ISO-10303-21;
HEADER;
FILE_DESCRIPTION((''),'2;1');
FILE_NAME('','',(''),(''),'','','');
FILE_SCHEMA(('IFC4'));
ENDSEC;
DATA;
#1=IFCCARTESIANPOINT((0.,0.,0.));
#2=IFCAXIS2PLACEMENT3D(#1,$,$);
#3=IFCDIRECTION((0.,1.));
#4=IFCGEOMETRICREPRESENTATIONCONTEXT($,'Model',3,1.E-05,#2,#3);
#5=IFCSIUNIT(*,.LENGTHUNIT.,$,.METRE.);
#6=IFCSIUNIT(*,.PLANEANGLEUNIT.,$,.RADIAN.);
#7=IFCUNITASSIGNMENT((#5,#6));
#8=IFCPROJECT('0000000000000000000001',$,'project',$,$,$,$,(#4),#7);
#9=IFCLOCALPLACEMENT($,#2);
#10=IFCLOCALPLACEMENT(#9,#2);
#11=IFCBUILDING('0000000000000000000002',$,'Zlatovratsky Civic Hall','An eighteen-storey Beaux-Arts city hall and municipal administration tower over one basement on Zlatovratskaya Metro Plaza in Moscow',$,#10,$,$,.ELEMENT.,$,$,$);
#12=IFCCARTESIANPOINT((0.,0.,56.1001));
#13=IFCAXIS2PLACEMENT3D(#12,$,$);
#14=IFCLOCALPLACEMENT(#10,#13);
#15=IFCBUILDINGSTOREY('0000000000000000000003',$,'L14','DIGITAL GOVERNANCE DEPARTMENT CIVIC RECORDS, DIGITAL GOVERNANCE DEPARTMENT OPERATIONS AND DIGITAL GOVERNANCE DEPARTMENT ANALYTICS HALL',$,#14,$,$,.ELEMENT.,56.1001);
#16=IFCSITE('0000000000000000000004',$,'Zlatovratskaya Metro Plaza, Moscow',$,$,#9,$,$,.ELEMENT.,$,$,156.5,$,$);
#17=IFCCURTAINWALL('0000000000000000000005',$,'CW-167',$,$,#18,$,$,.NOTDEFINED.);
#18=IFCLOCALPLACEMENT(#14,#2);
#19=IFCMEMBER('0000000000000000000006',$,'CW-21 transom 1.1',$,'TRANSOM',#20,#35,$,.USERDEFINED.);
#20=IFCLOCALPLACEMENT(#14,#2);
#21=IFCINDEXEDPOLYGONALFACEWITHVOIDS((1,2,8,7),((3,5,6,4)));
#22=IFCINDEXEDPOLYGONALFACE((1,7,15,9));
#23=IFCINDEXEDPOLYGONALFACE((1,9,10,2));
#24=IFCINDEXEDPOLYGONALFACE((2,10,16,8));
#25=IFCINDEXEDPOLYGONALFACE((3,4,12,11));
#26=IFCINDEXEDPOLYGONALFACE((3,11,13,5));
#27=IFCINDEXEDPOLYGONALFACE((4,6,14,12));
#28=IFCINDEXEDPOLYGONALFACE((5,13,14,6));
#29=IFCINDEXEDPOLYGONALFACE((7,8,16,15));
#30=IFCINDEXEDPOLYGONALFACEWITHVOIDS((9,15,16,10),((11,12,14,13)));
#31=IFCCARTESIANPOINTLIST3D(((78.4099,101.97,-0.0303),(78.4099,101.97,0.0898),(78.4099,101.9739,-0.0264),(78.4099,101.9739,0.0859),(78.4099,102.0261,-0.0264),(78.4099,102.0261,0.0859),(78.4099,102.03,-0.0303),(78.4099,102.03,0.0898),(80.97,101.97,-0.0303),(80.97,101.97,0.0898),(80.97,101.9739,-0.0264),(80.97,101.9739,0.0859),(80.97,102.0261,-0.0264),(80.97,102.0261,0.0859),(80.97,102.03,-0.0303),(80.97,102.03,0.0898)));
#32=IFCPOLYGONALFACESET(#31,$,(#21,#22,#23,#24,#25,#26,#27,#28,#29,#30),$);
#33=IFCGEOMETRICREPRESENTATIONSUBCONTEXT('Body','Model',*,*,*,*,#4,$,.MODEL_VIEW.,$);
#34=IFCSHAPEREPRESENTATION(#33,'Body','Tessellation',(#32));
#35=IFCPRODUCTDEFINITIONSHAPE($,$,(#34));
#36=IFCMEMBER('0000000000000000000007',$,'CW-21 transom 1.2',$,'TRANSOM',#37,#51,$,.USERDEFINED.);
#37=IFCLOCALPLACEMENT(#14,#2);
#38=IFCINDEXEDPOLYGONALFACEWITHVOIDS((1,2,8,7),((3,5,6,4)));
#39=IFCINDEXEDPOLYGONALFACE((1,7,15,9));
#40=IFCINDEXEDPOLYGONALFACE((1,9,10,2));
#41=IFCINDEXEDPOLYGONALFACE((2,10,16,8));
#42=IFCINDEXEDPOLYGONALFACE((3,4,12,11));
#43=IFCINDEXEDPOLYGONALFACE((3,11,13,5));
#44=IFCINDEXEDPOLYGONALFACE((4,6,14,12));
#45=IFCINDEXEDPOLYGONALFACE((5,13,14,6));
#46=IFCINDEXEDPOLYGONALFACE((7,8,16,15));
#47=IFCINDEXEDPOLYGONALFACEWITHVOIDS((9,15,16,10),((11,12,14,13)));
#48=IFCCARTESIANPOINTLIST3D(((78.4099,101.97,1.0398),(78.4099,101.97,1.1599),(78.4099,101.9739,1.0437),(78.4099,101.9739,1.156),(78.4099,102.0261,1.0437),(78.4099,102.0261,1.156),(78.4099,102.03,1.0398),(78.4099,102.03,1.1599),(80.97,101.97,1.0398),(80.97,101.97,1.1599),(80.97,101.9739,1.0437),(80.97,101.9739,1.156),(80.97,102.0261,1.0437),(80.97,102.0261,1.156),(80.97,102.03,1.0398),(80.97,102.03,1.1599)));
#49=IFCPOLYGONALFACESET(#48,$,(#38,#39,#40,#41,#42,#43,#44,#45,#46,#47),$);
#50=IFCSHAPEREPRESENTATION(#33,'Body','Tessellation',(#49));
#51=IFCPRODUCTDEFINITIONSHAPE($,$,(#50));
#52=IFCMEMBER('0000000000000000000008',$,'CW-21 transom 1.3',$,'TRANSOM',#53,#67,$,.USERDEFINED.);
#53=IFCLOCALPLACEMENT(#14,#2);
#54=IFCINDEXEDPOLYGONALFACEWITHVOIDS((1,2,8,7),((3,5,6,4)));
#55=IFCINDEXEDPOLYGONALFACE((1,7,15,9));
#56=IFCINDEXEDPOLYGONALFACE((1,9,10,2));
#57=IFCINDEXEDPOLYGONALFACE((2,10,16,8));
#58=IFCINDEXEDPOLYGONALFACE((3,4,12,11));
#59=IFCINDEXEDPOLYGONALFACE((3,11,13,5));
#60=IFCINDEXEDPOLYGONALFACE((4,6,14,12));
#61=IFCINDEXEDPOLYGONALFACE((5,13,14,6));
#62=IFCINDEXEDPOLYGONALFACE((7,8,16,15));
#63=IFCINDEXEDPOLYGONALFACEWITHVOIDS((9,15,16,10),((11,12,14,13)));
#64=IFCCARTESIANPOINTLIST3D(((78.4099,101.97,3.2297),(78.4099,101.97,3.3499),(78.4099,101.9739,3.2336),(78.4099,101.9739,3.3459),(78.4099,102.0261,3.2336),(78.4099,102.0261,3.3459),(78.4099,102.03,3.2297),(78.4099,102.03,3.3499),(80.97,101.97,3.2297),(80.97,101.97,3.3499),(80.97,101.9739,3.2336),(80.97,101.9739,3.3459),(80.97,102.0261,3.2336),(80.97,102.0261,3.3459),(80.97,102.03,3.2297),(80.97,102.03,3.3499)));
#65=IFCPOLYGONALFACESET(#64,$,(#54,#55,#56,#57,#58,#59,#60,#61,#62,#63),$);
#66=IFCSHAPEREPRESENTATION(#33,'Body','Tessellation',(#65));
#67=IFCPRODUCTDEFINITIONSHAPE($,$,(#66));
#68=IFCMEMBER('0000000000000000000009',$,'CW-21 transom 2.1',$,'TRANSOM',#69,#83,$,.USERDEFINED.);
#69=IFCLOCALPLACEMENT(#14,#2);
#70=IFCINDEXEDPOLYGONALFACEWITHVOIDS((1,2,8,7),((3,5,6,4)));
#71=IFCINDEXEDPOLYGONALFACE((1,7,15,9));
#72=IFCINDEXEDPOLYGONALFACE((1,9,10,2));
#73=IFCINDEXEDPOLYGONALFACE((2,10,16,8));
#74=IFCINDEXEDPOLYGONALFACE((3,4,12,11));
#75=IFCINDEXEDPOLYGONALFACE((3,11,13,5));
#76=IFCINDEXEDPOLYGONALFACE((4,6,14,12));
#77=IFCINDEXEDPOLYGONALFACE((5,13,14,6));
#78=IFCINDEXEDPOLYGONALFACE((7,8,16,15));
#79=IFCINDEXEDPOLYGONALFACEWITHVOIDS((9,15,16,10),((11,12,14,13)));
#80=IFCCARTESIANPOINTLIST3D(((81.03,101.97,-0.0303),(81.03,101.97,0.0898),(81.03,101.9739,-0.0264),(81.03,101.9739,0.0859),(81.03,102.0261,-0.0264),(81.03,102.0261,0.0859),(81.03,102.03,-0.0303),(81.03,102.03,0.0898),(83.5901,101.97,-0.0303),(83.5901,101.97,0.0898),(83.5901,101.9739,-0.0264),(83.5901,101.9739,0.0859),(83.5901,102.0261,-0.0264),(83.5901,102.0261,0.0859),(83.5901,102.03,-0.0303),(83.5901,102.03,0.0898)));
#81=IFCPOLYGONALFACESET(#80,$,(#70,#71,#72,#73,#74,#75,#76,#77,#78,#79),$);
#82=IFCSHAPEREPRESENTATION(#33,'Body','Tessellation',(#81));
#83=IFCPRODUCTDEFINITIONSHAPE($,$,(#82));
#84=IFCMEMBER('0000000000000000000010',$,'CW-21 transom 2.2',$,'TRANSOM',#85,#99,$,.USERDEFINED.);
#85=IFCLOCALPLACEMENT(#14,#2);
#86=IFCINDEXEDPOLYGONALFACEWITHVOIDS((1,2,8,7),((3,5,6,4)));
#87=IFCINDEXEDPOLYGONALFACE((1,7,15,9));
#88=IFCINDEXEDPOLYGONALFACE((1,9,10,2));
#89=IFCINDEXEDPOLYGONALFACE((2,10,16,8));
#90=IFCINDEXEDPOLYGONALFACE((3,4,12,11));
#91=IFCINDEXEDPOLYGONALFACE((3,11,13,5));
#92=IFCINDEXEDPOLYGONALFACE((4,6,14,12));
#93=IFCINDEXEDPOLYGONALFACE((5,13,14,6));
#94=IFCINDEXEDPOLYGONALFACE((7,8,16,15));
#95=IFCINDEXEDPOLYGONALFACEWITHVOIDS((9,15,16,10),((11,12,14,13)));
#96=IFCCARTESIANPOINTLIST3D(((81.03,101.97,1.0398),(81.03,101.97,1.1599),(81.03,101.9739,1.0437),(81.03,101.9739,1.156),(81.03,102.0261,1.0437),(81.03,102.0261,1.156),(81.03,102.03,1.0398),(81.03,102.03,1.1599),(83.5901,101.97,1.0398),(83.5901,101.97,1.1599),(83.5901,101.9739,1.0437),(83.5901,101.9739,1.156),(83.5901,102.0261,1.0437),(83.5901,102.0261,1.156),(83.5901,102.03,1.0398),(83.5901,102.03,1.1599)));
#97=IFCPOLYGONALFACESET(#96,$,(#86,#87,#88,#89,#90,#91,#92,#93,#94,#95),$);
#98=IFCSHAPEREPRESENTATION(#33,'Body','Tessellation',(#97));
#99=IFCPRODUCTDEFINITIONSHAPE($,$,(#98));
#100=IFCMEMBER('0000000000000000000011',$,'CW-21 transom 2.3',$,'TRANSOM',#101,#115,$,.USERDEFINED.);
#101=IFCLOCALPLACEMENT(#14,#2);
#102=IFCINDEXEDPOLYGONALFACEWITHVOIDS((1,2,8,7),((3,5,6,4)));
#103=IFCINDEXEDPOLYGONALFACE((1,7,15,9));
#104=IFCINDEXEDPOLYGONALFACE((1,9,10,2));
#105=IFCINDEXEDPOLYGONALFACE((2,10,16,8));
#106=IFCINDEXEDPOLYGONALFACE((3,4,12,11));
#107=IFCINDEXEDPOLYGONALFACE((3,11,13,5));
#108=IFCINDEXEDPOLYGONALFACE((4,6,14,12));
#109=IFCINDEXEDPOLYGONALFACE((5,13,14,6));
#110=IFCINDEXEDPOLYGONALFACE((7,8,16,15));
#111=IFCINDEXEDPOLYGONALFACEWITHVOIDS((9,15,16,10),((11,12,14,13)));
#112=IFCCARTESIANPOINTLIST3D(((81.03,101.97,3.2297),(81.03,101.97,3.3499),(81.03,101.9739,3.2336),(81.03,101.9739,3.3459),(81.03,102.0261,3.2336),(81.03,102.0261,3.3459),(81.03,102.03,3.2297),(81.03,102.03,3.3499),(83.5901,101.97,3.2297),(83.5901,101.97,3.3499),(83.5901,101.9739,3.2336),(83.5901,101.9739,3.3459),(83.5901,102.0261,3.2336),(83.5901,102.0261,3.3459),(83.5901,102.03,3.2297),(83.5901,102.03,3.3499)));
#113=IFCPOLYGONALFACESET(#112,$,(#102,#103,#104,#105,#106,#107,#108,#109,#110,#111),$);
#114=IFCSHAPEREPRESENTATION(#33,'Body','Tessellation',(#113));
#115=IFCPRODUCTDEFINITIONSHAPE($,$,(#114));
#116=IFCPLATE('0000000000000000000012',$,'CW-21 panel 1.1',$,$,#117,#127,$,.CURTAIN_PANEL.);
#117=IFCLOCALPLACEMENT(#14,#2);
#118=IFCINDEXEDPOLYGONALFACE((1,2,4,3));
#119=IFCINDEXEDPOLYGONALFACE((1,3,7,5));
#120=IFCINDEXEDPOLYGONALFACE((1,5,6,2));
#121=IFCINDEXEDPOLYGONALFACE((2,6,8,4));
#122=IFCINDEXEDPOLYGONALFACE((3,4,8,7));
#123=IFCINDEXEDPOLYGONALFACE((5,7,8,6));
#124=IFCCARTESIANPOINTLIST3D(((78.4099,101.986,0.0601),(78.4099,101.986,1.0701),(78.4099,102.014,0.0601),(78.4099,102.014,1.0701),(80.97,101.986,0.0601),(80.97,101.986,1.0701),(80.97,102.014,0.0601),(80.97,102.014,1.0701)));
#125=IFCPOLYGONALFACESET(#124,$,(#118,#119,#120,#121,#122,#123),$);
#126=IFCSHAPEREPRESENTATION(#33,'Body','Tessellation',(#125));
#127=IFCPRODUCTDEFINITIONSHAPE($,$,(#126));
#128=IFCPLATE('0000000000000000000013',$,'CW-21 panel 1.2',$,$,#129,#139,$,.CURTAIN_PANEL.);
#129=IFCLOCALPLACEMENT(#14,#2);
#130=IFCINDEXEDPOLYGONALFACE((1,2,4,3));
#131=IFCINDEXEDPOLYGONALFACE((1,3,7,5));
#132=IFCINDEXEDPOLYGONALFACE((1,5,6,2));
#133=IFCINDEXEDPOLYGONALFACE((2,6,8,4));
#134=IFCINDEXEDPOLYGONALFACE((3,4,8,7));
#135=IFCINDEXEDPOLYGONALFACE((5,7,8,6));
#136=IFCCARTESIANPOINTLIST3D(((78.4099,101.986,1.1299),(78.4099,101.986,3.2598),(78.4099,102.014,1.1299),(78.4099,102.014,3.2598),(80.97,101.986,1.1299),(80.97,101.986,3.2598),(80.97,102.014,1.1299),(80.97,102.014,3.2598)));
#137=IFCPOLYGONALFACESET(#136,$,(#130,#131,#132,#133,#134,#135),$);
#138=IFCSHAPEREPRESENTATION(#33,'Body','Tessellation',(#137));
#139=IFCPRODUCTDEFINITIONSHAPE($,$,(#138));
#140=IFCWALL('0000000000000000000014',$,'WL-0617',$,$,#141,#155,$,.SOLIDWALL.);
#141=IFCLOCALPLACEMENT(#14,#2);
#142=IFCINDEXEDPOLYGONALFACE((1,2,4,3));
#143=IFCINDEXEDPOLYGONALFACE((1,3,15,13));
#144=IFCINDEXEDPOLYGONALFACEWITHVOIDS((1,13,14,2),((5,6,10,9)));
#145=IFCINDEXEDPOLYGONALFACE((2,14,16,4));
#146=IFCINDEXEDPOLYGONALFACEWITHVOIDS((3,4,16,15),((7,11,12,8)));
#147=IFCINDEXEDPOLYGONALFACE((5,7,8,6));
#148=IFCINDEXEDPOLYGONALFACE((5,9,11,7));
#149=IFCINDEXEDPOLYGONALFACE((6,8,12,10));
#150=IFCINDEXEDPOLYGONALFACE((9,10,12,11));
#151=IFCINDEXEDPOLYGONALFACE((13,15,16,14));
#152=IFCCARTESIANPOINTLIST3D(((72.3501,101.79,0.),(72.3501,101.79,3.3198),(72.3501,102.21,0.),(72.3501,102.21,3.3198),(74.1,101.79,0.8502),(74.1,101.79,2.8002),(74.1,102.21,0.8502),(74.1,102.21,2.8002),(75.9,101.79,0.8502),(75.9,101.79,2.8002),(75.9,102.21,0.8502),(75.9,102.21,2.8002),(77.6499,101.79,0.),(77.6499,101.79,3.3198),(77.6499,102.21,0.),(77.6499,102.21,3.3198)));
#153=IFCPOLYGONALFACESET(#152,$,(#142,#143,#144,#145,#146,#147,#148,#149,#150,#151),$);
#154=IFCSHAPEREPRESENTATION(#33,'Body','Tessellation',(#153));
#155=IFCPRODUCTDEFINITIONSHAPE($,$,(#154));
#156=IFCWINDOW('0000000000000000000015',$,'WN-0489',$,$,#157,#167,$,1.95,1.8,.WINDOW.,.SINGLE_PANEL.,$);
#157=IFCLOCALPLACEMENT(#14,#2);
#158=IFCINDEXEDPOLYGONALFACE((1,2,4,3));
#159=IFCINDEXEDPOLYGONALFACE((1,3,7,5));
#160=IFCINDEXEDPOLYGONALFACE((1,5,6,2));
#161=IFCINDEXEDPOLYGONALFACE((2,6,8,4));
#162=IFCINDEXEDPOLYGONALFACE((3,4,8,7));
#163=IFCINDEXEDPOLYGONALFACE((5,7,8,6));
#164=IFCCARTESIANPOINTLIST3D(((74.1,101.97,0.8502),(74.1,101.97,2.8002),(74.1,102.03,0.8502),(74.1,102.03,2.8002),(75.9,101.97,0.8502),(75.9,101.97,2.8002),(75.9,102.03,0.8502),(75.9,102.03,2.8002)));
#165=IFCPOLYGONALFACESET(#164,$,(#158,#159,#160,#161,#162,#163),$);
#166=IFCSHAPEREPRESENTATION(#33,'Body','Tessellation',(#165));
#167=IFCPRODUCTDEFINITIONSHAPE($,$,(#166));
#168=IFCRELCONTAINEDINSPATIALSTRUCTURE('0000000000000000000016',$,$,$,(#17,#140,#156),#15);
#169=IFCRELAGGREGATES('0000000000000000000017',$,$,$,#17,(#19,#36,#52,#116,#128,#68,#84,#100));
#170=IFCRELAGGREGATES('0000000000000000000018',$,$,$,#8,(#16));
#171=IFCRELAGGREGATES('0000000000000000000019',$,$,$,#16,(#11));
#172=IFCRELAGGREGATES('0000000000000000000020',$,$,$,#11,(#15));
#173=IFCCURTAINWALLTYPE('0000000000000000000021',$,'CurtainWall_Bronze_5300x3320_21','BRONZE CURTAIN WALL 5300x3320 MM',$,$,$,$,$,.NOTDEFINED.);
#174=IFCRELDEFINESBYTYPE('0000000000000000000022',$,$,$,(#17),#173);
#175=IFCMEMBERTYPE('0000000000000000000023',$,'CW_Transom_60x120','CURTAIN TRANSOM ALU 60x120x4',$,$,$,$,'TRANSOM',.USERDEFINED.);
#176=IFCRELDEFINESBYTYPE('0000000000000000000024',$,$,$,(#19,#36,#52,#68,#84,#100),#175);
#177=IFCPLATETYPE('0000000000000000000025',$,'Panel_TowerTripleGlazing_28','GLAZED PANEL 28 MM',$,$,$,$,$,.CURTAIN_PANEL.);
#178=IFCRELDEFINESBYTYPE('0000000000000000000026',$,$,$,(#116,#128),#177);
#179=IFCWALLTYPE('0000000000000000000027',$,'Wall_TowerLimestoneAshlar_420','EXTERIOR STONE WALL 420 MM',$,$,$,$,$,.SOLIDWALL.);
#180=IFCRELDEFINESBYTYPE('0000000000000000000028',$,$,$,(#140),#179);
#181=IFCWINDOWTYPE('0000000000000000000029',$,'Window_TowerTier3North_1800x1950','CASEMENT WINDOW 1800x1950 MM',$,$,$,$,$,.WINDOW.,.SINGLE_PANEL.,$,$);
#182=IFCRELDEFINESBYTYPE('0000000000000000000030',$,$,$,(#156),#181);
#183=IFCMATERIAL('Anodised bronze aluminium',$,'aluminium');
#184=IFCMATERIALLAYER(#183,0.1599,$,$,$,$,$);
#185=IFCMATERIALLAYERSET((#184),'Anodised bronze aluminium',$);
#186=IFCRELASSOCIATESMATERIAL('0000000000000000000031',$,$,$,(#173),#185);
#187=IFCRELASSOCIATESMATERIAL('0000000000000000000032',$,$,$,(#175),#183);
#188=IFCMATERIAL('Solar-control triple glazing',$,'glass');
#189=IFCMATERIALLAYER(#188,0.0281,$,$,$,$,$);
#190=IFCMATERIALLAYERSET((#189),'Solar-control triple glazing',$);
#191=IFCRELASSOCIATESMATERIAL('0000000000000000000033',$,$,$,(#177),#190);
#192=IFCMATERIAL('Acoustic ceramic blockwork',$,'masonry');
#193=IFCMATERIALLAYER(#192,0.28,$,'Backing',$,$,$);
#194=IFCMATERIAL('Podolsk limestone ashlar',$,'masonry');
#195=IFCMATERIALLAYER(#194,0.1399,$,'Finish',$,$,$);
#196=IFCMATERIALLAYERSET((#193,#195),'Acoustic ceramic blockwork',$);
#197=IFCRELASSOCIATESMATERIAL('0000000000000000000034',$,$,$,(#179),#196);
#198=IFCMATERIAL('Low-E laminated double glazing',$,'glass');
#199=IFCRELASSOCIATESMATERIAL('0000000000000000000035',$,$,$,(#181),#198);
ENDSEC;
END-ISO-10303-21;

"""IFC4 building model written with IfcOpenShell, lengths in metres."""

from ifc_helpers import new_model, si_unit, direction, frame, frame_2d, origin, origin_2d, place, context, subcontext, project, spatial, rectangle, hollow_rectangle, extrude, material, layer, layer_set, material_profile, profile_set, type_object, element, fill, aggregate, save


model = new_model("IFC4")

# Units and contexts
model_context = context("Model", 3, precision=1e-05, world=origin(), true_north=direction((0.0, 1.0)))
body_context = subcontext(model_context, "Body", "Model", "MODEL_VIEW")
ifc_project = project(units=[si_unit("LENGTHUNIT", "METRE"), si_unit("PLANEANGLEUNIT", "RADIAN")], contexts=[model_context])

# Site, building, storey
site_placement = place(None, origin())
site = spatial("IfcSite", under=ifc_project, at=site_placement, Name="Zlatovratskaya Metro Plaza, Moscow", CompositionType="ELEMENT", RefElevation=156.5)
building_placement = place(site_placement, origin())
building = spatial("IfcBuilding", under=site, at=building_placement, Name="Zlatovratsky Civic Hall", Description="An eighteen-storey Beaux-Arts city hall and municipal administration tower over one basement on Zlatovratskaya Metro Plaza in Moscow", CompositionType="ELEMENT")
storey_placement = place(building_placement, frame((0.0, 0.0, 56.1001)))
storey = spatial("IfcBuildingStorey", under=building, at=storey_placement, Name="L14", Description="DIGITAL GOVERNANCE DEPARTMENT CIVIC RECORDS, DIGITAL GOVERNANCE DEPARTMENT OPERATIONS AND DIGITAL GOVERNANCE DEPARTMENT ANALYTICS HALL", CompositionType="ELEMENT", Elevation=56.1001)

# Curtain wall, members, plates
ifc_material_1 = material(Name="Anodised bronze aluminium", Category="aluminium")
ifc_layer_1 = layer(ifc_material_1, 0.1599)
ifc_layer_set_1 = layer_set([ifc_layer_1], Name="Anodised bronze aluminium")
curtain_wall_type = type_object("IfcCurtainWallType", Name="CurtainWall_Bronze_5300x3320_21", Description="BRONZE CURTAIN WALL 5300x3320 MM", PredefinedType="NOTDEFINED", material=ifc_layer_set_1)
curtain_wall_placement = place(storey_placement, origin())
curtain_wall = element("IfcCurtainWall", 1, at=curtain_wall_placement, inside=storey, type_object=curtain_wall_type, Name="CW-167", PredefinedType="NOTDEFINED")
ifc_material_profile_1 = material_profile(ifc_material_1, hollow_rectangle(XDim=0.0601, YDim=0.1201, WallThickness=0.0039, at=origin_2d()), Name="ALU 60x120x4")
ifc_profile_set_1 = profile_set([ifc_material_profile_1], Name="Anodised bronze aluminium")
member_type_1 = type_object("IfcMemberType", Name="CW_Transom_60x120", Description="CURTAIN TRANSOM ALU 60x120x4", ElementType="TRANSOM", PredefinedType="USERDEFINED", material=ifc_profile_set_1)
member_1_placement = place(storey_placement, frame((78.4099, 102.0, 0.0298), z_axis=(1.0, 0.0, 0.0), x_axis=(0.0, 1.0, 0.0)))
member_1 = element("IfcMember", 2, at=member_1_placement, type_object=member_type_1, Name="CW-21 transom 1.1", ObjectType="TRANSOM", PredefinedType="USERDEFINED", context=body_context, shape_type="SweptSolid", body=[
    extrude(hollow_rectangle(XDim=0.0601, YDim=0.1201, WallThickness=0.0039, at=origin_2d()), origin(), (0.0, 0.0, 1.0), 2.5601),
])
member_2_placement = place(storey_placement, frame((78.4099, 102.0, 1.0999), z_axis=(1.0, 0.0, 0.0), x_axis=(0.0, 1.0, 0.0)))
member_2 = element("IfcMember", 3, at=member_2_placement, type_object=member_type_1, Name="CW-21 transom 1.2", ObjectType="TRANSOM", PredefinedType="USERDEFINED", context=body_context, shape_type="SweptSolid", body=[
    extrude(hollow_rectangle(XDim=0.0601, YDim=0.1201, WallThickness=0.0039, at=origin_2d()), origin(), (0.0, 0.0, 1.0), 2.5601),
])
member_3_placement = place(storey_placement, frame((78.4099, 102.0, 3.2898), z_axis=(1.0, 0.0, 0.0), x_axis=(0.0, 1.0, 0.0)))
member_3 = element("IfcMember", 4, at=member_3_placement, type_object=member_type_1, Name="CW-21 transom 1.3", ObjectType="TRANSOM", PredefinedType="USERDEFINED", context=body_context, shape_type="SweptSolid", body=[
    extrude(hollow_rectangle(XDim=0.0601, YDim=0.1201, WallThickness=0.0039, at=origin_2d()), origin(), (0.0, 0.0, 1.0), 2.5601),
])
member_4_placement = place(storey_placement, frame((81.03, 102.0, 0.0298), z_axis=(1.0, 0.0, 0.0), x_axis=(0.0, 1.0, 0.0)))
member_4 = element("IfcMember", 5, at=member_4_placement, type_object=member_type_1, Name="CW-21 transom 2.1", ObjectType="TRANSOM", PredefinedType="USERDEFINED", context=body_context, shape_type="SweptSolid", body=[
    extrude(hollow_rectangle(XDim=0.0601, YDim=0.1201, WallThickness=0.0039, at=origin_2d()), origin(), (0.0, 0.0, 1.0), 2.5601),
])
member_5_placement = place(storey_placement, frame((81.03, 102.0, 1.0999), z_axis=(1.0, 0.0, 0.0), x_axis=(0.0, 1.0, 0.0)))
member_5 = element("IfcMember", 6, at=member_5_placement, type_object=member_type_1, Name="CW-21 transom 2.2", ObjectType="TRANSOM", PredefinedType="USERDEFINED", context=body_context, shape_type="SweptSolid", body=[
    extrude(hollow_rectangle(XDim=0.0601, YDim=0.1201, WallThickness=0.0039, at=origin_2d()), origin(), (0.0, 0.0, 1.0), 2.5601),
])
member_6_placement = place(storey_placement, frame((81.03, 102.0, 3.2898), z_axis=(1.0, 0.0, 0.0), x_axis=(0.0, 1.0, 0.0)))
member_6 = element("IfcMember", 7, at=member_6_placement, type_object=member_type_1, Name="CW-21 transom 2.3", ObjectType="TRANSOM", PredefinedType="USERDEFINED", context=body_context, shape_type="SweptSolid", body=[
    extrude(hollow_rectangle(XDim=0.0601, YDim=0.1201, WallThickness=0.0039, at=origin_2d()), origin(), (0.0, 0.0, 1.0), 2.5601),
])
ifc_material_2 = material(Name="Solar-control triple glazing", Category="glass")
ifc_layer_2 = layer(ifc_material_2, 0.0281)
ifc_layer_set_2 = layer_set([ifc_layer_2], Name="Solar-control triple glazing")
plate_type = type_object("IfcPlateType", Name="Panel_TowerTripleGlazing_28", Description="GLAZED PANEL 28 MM", PredefinedType="CURTAIN_PANEL", material=ifc_layer_set_2)
plate_1_placement = place(storey_placement, frame((79.6899, 102.0, 0.0601), z_axis=(0.0, 0.0, 1.0), x_axis=(1.0, 0.0, 0.0)))
plate_1 = element("IfcPlate", 8, at=plate_1_placement, type_object=plate_type, Name="CW-21 panel 1.1", PredefinedType="CURTAIN_PANEL", context=body_context, shape_type="SweptSolid", body=[
    extrude(rectangle(XDim=2.5601, YDim=0.0281, at=origin_2d()), origin(), (0.0, 0.0, 1.0), 1.01),
])
plate_2_placement = place(storey_placement, frame((79.6899, 102.0, 1.1299), z_axis=(0.0, 0.0, 1.0), x_axis=(1.0, 0.0, 0.0)))
plate_2 = element("IfcPlate", 9, at=plate_2_placement, type_object=plate_type, Name="CW-21 panel 1.2", PredefinedType="CURTAIN_PANEL", context=body_context, shape_type="SweptSolid", body=[
    extrude(rectangle(XDim=2.5601, YDim=0.0281, at=origin_2d()), origin(), (0.0, 0.0, 1.0), 2.1299),
])
aggregate(curtain_wall, [member_1, member_2, member_3, plate_1, plate_2, member_4, member_5, member_6])

# Wall, opening, window
ifc_material_3 = material(Name="Acoustic ceramic blockwork", Category="masonry")
ifc_layer_3 = layer(ifc_material_3, 0.28, Name="Backing")
ifc_material_4 = material(Name="Podolsk limestone ashlar", Category="masonry")
ifc_layer_4 = layer(ifc_material_4, 0.1399, Name="Finish")
ifc_layer_set_3 = layer_set([ifc_layer_3, ifc_layer_4], Name="Acoustic ceramic blockwork")
wall_type_1 = type_object("IfcWallType", Name="Wall_TowerLimestoneAshlar_420", Description="EXTERIOR STONE WALL 420 MM", PredefinedType="SOLIDWALL", material=ifc_layer_set_3)
wall_1_placement = place(storey_placement, frame((72.3501, 102.0, 0.0), z_axis=(0.0, 0.0, 1.0), x_axis=(1.0, 0.0, 0.0)))
wall_1 = element("IfcWall", 10, at=wall_1_placement, inside=storey, type_object=wall_type_1, Name="WL-0617", PredefinedType="SOLIDWALL", context=body_context, shape_type="SweptSolid", body=[
    extrude(rectangle(XDim=5.2998, YDim=0.4199, at=frame_2d((2.6499, 0.0))), origin(), (0.0, 0.0, 1.0), 3.3198),
])
opening_1_placement = place(wall_1_placement, frame((1.75, 0.0, 0.8501)))
opening_1 = element("IfcOpeningElement", 11, at=opening_1_placement, cuts=wall_1, PredefinedType="OPENING", context=body_context, shape_type="SweptSolid", body=[
    extrude(rectangle(XDim=1.8, YDim=1.95, at=frame_2d((0.8999, 0.9751))), frame((0.0, 0.2249, 0.0), z_axis=(0.0, -1.0, 0.0), x_axis=(1.0, 0.0, 0.0)), (0.0, 0.0, 1.0), 0.4497),
])
ifc_material_5 = material(Name="Low-E laminated double glazing", Category="glass")
window_type = type_object("IfcWindowType", Name="Window_TowerTier3North_1800x1950", Description="CASEMENT WINDOW 1800x1950 MM", PartitioningType="SINGLE_PANEL", PredefinedType="WINDOW", material=ifc_material_5)
window_placement = place(opening_1_placement, origin())
window = element("IfcWindow", 12, at=window_placement, inside=storey, type_object=window_type, Name="WN-0489", OverallHeight=1.95, OverallWidth=1.8, PartitioningType="SINGLE_PANEL", PredefinedType="WINDOW", context=body_context, shape_type="SweptSolid", body=[
    extrude(rectangle(XDim=1.8, YDim=1.95, at=frame_2d((0.8999, 0.9751))), frame((0.0, 0.03, 0.0), z_axis=(0.0, -1.0, 0.0), x_axis=(1.0, 0.0, 0.0)), (0.0, 0.0, 1.0), 0.0601),
])
fill(opening_1, window)

save(model, "model.ifc")
